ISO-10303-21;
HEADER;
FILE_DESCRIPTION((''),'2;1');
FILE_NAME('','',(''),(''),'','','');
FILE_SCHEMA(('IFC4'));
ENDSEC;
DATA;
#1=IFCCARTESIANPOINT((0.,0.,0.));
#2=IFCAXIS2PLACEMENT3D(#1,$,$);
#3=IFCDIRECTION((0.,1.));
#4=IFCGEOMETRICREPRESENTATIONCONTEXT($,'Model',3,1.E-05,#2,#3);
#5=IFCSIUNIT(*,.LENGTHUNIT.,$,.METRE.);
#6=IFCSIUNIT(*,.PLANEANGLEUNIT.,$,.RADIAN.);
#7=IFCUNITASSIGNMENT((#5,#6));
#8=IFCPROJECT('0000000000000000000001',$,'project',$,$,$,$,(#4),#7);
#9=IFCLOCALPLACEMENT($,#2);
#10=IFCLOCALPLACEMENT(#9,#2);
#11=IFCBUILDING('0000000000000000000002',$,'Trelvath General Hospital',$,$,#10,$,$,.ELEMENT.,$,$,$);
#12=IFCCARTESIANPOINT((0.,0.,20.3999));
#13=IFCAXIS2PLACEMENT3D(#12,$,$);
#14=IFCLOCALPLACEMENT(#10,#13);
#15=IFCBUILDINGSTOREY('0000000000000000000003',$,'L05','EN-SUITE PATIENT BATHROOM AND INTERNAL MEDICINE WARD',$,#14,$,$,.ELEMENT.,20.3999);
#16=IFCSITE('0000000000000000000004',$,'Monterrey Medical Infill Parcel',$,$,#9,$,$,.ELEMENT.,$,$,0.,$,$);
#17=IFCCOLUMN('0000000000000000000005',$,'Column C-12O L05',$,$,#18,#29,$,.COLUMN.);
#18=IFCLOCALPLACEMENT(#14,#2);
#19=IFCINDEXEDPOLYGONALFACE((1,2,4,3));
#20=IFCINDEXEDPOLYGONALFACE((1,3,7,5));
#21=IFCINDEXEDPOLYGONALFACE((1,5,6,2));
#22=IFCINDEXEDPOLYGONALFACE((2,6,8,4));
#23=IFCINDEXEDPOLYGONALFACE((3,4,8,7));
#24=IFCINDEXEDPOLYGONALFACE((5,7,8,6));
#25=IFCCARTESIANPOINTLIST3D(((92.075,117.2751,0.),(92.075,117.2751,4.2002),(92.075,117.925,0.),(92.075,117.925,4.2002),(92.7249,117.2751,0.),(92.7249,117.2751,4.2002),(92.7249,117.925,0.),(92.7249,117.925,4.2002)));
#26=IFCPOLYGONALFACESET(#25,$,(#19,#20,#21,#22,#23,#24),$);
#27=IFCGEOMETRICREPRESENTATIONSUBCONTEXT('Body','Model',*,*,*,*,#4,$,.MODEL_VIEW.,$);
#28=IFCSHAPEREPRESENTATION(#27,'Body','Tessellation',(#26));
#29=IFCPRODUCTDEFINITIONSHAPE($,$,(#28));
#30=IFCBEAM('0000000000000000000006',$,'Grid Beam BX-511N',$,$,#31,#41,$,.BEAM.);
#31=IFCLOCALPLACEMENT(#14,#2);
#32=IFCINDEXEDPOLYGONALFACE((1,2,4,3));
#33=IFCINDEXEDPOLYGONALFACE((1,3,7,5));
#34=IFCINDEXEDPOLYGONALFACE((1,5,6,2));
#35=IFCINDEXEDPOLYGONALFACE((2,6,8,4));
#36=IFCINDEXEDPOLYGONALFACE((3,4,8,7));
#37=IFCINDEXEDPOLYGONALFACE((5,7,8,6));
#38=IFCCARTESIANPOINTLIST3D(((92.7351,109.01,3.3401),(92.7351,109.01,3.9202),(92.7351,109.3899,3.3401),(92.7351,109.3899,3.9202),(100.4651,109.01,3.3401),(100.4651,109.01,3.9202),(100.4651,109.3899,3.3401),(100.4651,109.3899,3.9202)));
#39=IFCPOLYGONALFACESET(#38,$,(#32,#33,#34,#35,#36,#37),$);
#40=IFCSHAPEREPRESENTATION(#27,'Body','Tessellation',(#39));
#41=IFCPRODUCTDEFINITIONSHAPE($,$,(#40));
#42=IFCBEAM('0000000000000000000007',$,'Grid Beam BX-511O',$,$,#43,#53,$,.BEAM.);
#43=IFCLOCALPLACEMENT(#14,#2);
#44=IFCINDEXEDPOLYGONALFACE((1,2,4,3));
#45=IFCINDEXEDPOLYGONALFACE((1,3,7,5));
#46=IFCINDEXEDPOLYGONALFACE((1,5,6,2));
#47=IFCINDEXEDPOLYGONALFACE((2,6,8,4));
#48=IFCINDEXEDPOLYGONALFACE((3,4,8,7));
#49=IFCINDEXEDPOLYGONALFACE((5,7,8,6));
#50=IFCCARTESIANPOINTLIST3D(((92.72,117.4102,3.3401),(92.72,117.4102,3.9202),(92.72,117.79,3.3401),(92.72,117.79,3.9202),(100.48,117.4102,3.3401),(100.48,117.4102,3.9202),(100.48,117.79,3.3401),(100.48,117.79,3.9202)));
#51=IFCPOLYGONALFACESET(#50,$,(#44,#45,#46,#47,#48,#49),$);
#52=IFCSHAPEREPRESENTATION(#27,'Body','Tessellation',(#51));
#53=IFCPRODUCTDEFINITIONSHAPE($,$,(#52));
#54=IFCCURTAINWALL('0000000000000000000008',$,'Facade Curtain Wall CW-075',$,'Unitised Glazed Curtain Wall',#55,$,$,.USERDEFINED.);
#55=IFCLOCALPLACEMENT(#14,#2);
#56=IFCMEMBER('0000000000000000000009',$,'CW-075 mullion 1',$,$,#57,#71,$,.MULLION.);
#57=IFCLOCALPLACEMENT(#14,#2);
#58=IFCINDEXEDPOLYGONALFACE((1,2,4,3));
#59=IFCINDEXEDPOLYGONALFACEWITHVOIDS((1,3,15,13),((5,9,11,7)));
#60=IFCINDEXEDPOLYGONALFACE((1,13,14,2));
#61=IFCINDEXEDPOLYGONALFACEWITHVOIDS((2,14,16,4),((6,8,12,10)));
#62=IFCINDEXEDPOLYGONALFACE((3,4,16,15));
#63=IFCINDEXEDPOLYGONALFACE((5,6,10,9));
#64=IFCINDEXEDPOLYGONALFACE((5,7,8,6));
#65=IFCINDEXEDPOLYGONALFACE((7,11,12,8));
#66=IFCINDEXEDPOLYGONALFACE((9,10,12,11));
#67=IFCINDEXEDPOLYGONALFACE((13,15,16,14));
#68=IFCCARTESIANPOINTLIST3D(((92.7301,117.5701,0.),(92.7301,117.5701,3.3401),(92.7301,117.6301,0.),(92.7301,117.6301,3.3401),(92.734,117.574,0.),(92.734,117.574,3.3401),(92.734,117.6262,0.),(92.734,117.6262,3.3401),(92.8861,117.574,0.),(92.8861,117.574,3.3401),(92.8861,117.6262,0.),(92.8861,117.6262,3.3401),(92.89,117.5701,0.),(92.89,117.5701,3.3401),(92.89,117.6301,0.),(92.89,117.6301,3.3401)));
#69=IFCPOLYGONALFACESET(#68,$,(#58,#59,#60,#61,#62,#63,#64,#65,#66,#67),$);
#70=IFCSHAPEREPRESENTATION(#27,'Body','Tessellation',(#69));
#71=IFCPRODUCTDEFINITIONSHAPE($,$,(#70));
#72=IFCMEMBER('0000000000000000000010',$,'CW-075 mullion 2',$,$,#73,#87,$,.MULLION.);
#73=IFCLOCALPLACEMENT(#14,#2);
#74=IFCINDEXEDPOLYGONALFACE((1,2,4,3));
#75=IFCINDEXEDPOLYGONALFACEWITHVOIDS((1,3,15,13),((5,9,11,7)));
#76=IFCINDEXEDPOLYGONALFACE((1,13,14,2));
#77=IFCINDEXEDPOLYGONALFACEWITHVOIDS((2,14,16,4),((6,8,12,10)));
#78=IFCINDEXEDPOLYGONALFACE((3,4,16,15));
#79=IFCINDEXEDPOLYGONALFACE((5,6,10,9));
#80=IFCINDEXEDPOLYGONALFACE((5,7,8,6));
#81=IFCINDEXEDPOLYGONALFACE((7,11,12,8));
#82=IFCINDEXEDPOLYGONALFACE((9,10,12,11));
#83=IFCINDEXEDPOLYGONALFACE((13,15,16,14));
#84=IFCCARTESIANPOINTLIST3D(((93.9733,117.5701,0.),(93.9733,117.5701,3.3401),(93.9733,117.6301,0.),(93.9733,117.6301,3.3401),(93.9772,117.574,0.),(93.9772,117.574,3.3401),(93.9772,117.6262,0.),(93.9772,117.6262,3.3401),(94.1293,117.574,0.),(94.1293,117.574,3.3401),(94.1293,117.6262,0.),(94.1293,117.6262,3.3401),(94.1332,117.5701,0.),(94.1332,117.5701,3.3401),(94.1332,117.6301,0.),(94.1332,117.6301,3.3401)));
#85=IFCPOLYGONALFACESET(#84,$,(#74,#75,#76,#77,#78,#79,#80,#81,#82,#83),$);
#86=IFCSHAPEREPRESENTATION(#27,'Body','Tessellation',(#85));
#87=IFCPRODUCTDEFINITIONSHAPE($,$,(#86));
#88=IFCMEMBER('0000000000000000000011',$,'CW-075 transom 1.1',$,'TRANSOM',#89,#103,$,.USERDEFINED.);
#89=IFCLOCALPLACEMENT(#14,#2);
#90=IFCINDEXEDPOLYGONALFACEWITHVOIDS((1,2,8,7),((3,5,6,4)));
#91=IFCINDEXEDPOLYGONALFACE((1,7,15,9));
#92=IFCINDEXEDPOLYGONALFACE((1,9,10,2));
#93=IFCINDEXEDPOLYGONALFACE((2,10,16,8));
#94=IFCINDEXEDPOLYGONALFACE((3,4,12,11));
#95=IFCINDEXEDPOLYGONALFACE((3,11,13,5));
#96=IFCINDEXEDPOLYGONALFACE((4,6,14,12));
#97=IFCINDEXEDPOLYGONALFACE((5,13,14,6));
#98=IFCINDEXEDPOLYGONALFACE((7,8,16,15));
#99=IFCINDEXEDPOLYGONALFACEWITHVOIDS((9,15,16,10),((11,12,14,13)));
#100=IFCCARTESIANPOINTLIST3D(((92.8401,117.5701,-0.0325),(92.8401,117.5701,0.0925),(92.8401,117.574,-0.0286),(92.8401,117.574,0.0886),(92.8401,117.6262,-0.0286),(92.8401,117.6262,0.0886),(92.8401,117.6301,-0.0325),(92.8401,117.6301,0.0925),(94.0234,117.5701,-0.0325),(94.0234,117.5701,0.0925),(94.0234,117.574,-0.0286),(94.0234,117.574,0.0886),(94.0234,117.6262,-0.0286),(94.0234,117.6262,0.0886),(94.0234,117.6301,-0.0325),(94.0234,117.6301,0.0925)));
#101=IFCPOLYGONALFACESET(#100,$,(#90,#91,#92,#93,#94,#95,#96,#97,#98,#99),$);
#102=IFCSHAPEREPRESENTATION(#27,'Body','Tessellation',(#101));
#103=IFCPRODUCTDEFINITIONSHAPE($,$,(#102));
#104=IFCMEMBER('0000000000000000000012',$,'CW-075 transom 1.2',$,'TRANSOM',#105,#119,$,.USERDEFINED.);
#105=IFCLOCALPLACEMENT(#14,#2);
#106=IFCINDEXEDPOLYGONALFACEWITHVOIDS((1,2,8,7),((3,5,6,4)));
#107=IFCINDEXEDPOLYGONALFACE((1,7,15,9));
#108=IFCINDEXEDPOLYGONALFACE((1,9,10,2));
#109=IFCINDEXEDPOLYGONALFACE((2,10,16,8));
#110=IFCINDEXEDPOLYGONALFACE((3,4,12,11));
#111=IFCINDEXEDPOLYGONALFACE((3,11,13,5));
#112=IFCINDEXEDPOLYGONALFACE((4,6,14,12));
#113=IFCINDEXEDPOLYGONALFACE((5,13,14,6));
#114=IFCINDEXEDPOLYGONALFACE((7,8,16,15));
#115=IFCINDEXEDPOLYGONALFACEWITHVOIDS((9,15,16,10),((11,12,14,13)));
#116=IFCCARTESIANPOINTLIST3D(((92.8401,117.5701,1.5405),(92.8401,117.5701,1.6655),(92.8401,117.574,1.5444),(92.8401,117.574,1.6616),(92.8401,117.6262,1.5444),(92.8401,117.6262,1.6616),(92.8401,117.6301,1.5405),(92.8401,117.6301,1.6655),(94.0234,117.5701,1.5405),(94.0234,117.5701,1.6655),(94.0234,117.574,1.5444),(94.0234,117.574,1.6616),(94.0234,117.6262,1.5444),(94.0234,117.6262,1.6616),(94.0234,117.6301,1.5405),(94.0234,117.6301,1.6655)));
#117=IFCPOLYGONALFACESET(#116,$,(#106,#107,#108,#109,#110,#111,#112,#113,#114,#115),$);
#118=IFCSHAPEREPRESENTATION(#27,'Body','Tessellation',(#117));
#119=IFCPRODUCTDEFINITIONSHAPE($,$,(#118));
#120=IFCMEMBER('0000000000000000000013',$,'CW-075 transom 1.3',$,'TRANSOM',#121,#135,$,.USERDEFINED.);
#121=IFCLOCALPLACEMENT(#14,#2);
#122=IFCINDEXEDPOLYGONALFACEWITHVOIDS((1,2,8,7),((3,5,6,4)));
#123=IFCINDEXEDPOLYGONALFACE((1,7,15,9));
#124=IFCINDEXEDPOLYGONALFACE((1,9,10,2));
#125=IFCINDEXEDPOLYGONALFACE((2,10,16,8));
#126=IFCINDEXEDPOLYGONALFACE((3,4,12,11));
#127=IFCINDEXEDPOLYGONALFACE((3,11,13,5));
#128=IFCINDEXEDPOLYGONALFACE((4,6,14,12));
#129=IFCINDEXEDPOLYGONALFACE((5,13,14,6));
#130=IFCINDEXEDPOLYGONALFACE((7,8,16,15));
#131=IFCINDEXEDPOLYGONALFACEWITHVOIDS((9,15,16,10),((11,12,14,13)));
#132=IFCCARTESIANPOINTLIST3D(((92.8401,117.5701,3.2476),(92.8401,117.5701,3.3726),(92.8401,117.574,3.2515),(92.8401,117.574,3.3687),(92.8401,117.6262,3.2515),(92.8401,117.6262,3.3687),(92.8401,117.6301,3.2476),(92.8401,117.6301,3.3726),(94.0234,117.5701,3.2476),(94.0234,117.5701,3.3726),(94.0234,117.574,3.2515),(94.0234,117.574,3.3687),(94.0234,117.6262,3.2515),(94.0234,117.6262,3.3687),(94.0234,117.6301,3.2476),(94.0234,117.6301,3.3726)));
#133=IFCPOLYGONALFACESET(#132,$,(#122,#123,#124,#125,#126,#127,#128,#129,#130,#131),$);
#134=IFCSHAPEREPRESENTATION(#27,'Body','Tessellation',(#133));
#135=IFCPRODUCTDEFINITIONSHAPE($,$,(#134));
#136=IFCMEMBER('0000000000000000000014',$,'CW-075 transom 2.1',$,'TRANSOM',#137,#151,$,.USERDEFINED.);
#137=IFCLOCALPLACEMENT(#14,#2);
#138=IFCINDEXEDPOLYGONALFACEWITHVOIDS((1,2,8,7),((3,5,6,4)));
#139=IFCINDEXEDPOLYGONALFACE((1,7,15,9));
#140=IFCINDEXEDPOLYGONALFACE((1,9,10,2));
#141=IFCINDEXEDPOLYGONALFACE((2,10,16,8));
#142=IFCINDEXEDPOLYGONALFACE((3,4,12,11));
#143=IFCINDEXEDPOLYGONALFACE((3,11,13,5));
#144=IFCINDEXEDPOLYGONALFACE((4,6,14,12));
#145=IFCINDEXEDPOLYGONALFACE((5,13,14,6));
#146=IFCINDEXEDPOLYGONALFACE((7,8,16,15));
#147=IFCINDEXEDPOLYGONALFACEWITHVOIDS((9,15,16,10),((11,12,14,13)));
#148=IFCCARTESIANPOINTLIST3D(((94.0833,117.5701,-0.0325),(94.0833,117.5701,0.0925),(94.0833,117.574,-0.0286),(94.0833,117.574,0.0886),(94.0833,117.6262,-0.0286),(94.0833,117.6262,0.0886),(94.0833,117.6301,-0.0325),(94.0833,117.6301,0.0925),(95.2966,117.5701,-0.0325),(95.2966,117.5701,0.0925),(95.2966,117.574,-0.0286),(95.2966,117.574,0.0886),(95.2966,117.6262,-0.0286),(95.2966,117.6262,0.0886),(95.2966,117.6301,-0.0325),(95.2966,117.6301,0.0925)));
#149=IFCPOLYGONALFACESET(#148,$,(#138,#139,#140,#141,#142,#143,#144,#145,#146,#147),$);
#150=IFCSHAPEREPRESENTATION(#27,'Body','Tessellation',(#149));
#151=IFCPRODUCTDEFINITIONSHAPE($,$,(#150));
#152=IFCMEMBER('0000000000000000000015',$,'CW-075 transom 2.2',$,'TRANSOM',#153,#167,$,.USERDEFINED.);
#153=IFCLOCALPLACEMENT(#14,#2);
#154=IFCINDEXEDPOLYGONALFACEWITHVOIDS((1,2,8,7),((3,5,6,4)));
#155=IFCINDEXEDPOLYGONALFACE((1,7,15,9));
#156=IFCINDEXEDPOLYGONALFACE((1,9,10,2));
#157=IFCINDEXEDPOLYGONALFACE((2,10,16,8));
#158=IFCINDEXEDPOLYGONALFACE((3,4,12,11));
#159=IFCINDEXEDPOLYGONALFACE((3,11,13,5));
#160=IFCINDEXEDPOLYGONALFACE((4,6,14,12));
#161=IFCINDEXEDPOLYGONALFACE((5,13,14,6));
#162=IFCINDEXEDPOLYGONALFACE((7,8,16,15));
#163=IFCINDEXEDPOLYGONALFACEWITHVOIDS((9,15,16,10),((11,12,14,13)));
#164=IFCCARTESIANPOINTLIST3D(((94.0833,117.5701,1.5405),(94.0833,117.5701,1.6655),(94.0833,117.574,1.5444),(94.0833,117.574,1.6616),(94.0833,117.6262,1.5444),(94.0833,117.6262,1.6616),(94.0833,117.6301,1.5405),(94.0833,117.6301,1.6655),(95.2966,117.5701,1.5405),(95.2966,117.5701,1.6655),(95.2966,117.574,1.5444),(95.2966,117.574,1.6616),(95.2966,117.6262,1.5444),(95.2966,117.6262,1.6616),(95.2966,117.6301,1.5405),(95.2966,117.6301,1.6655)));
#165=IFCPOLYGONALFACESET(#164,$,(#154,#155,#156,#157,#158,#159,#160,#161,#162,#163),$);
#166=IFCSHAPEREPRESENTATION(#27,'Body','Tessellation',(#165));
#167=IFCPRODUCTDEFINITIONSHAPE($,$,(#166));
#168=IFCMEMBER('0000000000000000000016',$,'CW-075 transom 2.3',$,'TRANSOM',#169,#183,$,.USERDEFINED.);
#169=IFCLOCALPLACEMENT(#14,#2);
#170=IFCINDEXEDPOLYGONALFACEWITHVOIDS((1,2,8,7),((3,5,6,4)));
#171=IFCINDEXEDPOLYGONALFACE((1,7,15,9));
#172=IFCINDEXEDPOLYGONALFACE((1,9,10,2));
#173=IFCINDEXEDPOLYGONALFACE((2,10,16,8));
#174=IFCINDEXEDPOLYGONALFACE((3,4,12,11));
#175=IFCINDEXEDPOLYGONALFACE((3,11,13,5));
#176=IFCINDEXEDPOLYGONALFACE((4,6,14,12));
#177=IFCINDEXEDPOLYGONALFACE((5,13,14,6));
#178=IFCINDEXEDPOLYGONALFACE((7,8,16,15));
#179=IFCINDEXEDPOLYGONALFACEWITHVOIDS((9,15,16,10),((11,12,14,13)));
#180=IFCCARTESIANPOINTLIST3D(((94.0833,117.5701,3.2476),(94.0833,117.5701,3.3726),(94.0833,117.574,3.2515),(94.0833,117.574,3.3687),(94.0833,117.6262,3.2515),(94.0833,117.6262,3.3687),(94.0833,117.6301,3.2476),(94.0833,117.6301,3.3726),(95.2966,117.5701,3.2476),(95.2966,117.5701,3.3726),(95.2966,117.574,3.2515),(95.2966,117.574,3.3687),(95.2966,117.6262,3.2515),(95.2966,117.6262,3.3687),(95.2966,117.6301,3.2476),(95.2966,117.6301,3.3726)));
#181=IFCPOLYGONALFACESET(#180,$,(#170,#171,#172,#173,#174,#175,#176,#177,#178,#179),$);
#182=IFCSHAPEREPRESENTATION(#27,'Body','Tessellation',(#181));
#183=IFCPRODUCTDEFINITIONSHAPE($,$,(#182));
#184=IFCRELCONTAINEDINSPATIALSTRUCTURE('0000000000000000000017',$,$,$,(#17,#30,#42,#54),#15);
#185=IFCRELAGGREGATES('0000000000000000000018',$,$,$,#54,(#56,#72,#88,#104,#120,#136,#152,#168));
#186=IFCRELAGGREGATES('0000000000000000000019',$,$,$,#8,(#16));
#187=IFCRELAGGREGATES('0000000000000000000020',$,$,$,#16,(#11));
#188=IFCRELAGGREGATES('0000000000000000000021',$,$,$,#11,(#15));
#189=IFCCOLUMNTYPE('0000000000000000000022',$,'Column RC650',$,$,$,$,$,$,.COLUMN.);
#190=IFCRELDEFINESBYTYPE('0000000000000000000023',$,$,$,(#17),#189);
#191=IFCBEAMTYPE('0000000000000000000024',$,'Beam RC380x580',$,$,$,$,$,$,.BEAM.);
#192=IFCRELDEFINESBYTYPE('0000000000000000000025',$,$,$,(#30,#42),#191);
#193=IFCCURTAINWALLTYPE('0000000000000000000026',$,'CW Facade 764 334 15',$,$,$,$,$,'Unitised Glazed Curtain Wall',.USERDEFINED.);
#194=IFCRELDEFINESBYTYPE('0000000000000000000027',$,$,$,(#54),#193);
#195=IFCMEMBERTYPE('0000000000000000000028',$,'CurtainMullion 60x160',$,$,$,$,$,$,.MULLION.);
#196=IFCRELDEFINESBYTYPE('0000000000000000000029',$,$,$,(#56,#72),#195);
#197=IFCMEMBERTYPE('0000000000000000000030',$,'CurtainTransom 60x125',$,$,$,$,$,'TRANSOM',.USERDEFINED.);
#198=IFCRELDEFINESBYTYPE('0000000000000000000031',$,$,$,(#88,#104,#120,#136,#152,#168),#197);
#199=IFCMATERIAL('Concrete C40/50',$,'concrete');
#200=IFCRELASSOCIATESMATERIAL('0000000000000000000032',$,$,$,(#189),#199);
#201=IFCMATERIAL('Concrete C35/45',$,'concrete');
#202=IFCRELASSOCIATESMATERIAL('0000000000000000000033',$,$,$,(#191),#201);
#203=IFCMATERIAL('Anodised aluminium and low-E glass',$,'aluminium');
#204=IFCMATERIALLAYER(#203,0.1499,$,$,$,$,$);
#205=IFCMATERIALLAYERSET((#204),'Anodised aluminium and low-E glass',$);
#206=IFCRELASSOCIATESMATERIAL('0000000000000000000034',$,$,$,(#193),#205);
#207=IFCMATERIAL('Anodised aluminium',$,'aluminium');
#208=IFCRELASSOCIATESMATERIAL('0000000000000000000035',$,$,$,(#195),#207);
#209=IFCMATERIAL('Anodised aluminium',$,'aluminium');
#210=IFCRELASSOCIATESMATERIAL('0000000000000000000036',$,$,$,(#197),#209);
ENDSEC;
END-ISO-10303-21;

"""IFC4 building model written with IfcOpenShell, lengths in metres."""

from ifc_helpers import new_model, si_unit, direction, frame, origin, origin_2d, place, context, subcontext, project, spatial, rectangle, hollow_rectangle, extrude, material, layer, layer_set, material_profile, profile_set, type_object, element, aggregate, save


model = new_model("IFC4")

# Units and contexts
model_context = context("Model", 3, precision=1e-05, world=origin(), true_north=direction((0.0, 1.0)))
body_context = subcontext(model_context, "Body", "Model", "MODEL_VIEW")
ifc_project = project(units=[si_unit("LENGTHUNIT", "METRE"), si_unit("PLANEANGLEUNIT", "RADIAN")], contexts=[model_context])

# Site, building, storey
site_placement = place(None, origin())
site = spatial("IfcSite", under=ifc_project, at=site_placement, Name="Monterrey Medical Infill Parcel", CompositionType="ELEMENT", RefElevation=0.0)
building_placement = place(site_placement, origin())
building = spatial("IfcBuilding", under=site, at=building_placement, Name="Trelvath General Hospital", CompositionType="ELEMENT")
storey_placement = place(building_placement, frame((0.0, 0.0, 20.3999)))
storey = spatial("IfcBuildingStorey", under=building, at=storey_placement, Name="L05", Description="EN-SUITE PATIENT BATHROOM AND INTERNAL MEDICINE WARD", CompositionType="ELEMENT", Elevation=20.3999)

# Column
ifc_material_1 = material(Name="Concrete C40/50", Category="concrete")
ifc_material_profile_1 = material_profile(ifc_material_1, rectangle(XDim=0.6499, YDim=0.6499, at=origin_2d()), Name="RC650x650")
ifc_profile_set_1 = profile_set([ifc_material_profile_1], Name="Concrete C40/50")
column_type = type_object("IfcColumnType", Name="Column RC650", PredefinedType="COLUMN", material=ifc_profile_set_1)
column_placement = place(storey_placement, frame((92.3999, 117.6001, 0.0), z_axis=(0.0, 0.0, 1.0), x_axis=(1.0, 0.0, 0.0)))
element("IfcColumn", 1, at=column_placement, inside=storey, type_object=column_type, Name="Column C-12O L05", PredefinedType="COLUMN", context=body_context, shape_type="SweptSolid", body=[
    extrude(rectangle(XDim=0.6499, YDim=0.6499, at=origin_2d()), origin(), (0.0, 0.0, 1.0), 4.2002),
])

# Beams
ifc_material_2 = material(Name="Concrete C35/45", Category="concrete")
ifc_material_profile_2 = material_profile(ifc_material_2, rectangle(XDim=0.3799, YDim=0.5801, at=origin_2d()), Name="RCB380x580")
ifc_profile_set_2 = profile_set([ifc_material_profile_2], Name="Concrete C35/45")
beam_type = type_object("IfcBeamType", Name="Beam RC380x580", PredefinedType="BEAM", material=ifc_profile_set_2)
beam_1_placement = place(storey_placement, frame((92.7351, 109.2, 3.6301), z_axis=(1.0, 0.0, 0.0), x_axis=(0.0, 1.0, 0.0)))
element("IfcBeam", 2, at=beam_1_placement, inside=storey, type_object=beam_type, Name="Grid Beam BX-511N", PredefinedType="BEAM", context=body_context, shape_type="SweptSolid", body=[
    extrude(rectangle(XDim=0.3799, YDim=0.5801, at=origin_2d()), origin(), (0.0, 0.0, 1.0), 7.73),
])
beam_2_placement = place(storey_placement, frame((92.72, 117.6001, 3.6301), z_axis=(1.0, 0.0, 0.0), x_axis=(0.0, 1.0, 0.0)))
element("IfcBeam", 3, at=beam_2_placement, inside=storey, type_object=beam_type, Name="Grid Beam BX-511O", PredefinedType="BEAM", context=body_context, shape_type="SweptSolid", body=[
    extrude(rectangle(XDim=0.3799, YDim=0.5801, at=origin_2d()), origin(), (0.0, 0.0, 1.0), 7.76),
])

# Curtain wall, members
ifc_material_3 = material(Name="Anodised aluminium and low-E glass", Category="aluminium")
ifc_layer_1 = layer(ifc_material_3, 0.1499)
ifc_layer_set_1 = layer_set([ifc_layer_1], Name="Anodised aluminium and low-E glass")
curtain_wall_type = type_object("IfcCurtainWallType", Name="CW Facade 764 334 15", ElementType="Unitised Glazed Curtain Wall", PredefinedType="USERDEFINED", material=ifc_layer_set_1)
curtain_wall_placement = place(storey_placement, origin())
curtain_wall = element("IfcCurtainWall", 4, at=curtain_wall_placement, inside=storey, type_object=curtain_wall_type, Name="Facade Curtain Wall CW-075", ObjectType="Unitised Glazed Curtain Wall", PredefinedType="USERDEFINED")
ifc_material_4 = material(Name="Anodised aluminium", Category="aluminium")
ifc_material_profile_3 = material_profile(ifc_material_4, hollow_rectangle(XDim=0.0601, YDim=0.1599, WallThickness=0.0039, at=origin_2d()), Name="RHS60x160x4")
ifc_profile_set_3 = profile_set([ifc_material_profile_3], Name="Anodised aluminium")
member_type_1 = type_object("IfcMemberType", Name="CurtainMullion 60x160", PredefinedType="MULLION", material=ifc_profile_set_3)
member_1_placement = place(storey_placement, frame((92.8101, 117.6001, 0.0), z_axis=(0.0, 0.0, 1.0), x_axis=(0.0, 1.0, 0.0)))
member_1 = element("IfcMember", 5, at=member_1_placement, type_object=member_type_1, Name="CW-075 mullion 1", PredefinedType="MULLION", context=body_context, shape_type="SweptSolid", body=[
    extrude(hollow_rectangle(XDim=0.0601, YDim=0.1599, WallThickness=0.0039, at=origin_2d()), origin(), (0.0, 0.0, 1.0), 3.3401),
])
member_2_placement = place(storey_placement, frame((94.0532, 117.6001, 0.0), z_axis=(0.0, 0.0, 1.0), x_axis=(0.0, 1.0, 0.0)))
member_2 = element("IfcMember", 6, at=member_2_placement, type_object=member_type_1, Name="CW-075 mullion 2", PredefinedType="MULLION", context=body_context, shape_type="SweptSolid", body=[
    extrude(hollow_rectangle(XDim=0.0601, YDim=0.1599, WallThickness=0.0039, at=origin_2d()), origin(), (0.0, 0.0, 1.0), 3.3401),
])
ifc_material_5 = material(Name="Anodised aluminium", Category="aluminium")
ifc_material_profile_4 = material_profile(ifc_material_5, hollow_rectangle(XDim=0.0601, YDim=0.125, WallThickness=0.0039, at=origin_2d()), Name="RHS60x125x4")
ifc_profile_set_4 = profile_set([ifc_material_profile_4], Name="Anodised aluminium")
member_type_2 = type_object("IfcMemberType", Name="CurtainTransom 60x125", ElementType="TRANSOM", PredefinedType="USERDEFINED", material=ifc_profile_set_4)
member_3_placement = place(storey_placement, frame((92.8401, 117.6001, 0.03), z_axis=(1.0, 0.0, 0.0), x_axis=(0.0, 1.0, 0.0)))
member_3 = element("IfcMember", 7, at=member_3_placement, type_object=member_type_2, Name="CW-075 transom 1.1", ObjectType="TRANSOM", PredefinedType="USERDEFINED", context=body_context, shape_type="SweptSolid", body=[
    extrude(hollow_rectangle(XDim=0.0601, YDim=0.125, WallThickness=0.0039, at=origin_2d()), origin(), (0.0, 0.0, 1.0), 1.1833),
])
member_4_placement = place(storey_placement, frame((92.8401, 117.6001, 1.603), z_axis=(1.0, 0.0, 0.0), x_axis=(0.0, 1.0, 0.0)))
member_4 = element("IfcMember", 8, at=member_4_placement, type_object=member_type_2, Name="CW-075 transom 1.2", ObjectType="TRANSOM", PredefinedType="USERDEFINED", context=body_context, shape_type="SweptSolid", body=[
    extrude(hollow_rectangle(XDim=0.0601, YDim=0.125, WallThickness=0.0039, at=origin_2d()), origin(), (0.0, 0.0, 1.0), 1.1833),
])
member_5_placement = place(storey_placement, frame((92.8401, 117.6001, 3.3101), z_axis=(1.0, 0.0, 0.0), x_axis=(0.0, 1.0, 0.0)))
member_5 = element("IfcMember", 9, at=member_5_placement, type_object=member_type_2, Name="CW-075 transom 1.3", ObjectType="TRANSOM", PredefinedType="USERDEFINED", context=body_context, shape_type="SweptSolid", body=[
    extrude(hollow_rectangle(XDim=0.0601, YDim=0.125, WallThickness=0.0039, at=origin_2d()), origin(), (0.0, 0.0, 1.0), 1.1833),
])
member_6_placement = place(storey_placement, frame((94.0833, 117.6001, 0.03), z_axis=(1.0, 0.0, 0.0), x_axis=(0.0, 1.0, 0.0)))
member_6 = element("IfcMember", 10, at=member_6_placement, type_object=member_type_2, Name="CW-075 transom 2.1", ObjectType="TRANSOM", PredefinedType="USERDEFINED", context=body_context, shape_type="SweptSolid", body=[
    extrude(hollow_rectangle(XDim=0.0601, YDim=0.125, WallThickness=0.0039, at=origin_2d()), origin(), (0.0, 0.0, 1.0), 1.2134),
])
member_7_placement = place(storey_placement, frame((94.0833, 117.6001, 1.603), z_axis=(1.0, 0.0, 0.0), x_axis=(0.0, 1.0, 0.0)))
member_7 = element("IfcMember", 11, at=member_7_placement, type_object=member_type_2, Name="CW-075 transom 2.2", ObjectType="TRANSOM", PredefinedType="USERDEFINED", context=body_context, shape_type="SweptSolid", body=[
    extrude(hollow_rectangle(XDim=0.0601, YDim=0.125, WallThickness=0.0039, at=origin_2d()), origin(), (0.0, 0.0, 1.0), 1.2134),
])
member_8_placement = place(storey_placement, frame((94.0833, 117.6001, 3.3101), z_axis=(1.0, 0.0, 0.0), x_axis=(0.0, 1.0, 0.0)))
member_8 = element("IfcMember", 12, at=member_8_placement, type_object=member_type_2, Name="CW-075 transom 2.3", ObjectType="TRANSOM", PredefinedType="USERDEFINED", context=body_context, shape_type="SweptSolid", body=[
    extrude(hollow_rectangle(XDim=0.0601, YDim=0.125, WallThickness=0.0039, at=origin_2d()), origin(), (0.0, 0.0, 1.0), 1.2134),
])
aggregate(curtain_wall, [member_1, member_2, member_3, member_4, member_5, member_6, member_7, member_8])

save(model, "model.ifc")
